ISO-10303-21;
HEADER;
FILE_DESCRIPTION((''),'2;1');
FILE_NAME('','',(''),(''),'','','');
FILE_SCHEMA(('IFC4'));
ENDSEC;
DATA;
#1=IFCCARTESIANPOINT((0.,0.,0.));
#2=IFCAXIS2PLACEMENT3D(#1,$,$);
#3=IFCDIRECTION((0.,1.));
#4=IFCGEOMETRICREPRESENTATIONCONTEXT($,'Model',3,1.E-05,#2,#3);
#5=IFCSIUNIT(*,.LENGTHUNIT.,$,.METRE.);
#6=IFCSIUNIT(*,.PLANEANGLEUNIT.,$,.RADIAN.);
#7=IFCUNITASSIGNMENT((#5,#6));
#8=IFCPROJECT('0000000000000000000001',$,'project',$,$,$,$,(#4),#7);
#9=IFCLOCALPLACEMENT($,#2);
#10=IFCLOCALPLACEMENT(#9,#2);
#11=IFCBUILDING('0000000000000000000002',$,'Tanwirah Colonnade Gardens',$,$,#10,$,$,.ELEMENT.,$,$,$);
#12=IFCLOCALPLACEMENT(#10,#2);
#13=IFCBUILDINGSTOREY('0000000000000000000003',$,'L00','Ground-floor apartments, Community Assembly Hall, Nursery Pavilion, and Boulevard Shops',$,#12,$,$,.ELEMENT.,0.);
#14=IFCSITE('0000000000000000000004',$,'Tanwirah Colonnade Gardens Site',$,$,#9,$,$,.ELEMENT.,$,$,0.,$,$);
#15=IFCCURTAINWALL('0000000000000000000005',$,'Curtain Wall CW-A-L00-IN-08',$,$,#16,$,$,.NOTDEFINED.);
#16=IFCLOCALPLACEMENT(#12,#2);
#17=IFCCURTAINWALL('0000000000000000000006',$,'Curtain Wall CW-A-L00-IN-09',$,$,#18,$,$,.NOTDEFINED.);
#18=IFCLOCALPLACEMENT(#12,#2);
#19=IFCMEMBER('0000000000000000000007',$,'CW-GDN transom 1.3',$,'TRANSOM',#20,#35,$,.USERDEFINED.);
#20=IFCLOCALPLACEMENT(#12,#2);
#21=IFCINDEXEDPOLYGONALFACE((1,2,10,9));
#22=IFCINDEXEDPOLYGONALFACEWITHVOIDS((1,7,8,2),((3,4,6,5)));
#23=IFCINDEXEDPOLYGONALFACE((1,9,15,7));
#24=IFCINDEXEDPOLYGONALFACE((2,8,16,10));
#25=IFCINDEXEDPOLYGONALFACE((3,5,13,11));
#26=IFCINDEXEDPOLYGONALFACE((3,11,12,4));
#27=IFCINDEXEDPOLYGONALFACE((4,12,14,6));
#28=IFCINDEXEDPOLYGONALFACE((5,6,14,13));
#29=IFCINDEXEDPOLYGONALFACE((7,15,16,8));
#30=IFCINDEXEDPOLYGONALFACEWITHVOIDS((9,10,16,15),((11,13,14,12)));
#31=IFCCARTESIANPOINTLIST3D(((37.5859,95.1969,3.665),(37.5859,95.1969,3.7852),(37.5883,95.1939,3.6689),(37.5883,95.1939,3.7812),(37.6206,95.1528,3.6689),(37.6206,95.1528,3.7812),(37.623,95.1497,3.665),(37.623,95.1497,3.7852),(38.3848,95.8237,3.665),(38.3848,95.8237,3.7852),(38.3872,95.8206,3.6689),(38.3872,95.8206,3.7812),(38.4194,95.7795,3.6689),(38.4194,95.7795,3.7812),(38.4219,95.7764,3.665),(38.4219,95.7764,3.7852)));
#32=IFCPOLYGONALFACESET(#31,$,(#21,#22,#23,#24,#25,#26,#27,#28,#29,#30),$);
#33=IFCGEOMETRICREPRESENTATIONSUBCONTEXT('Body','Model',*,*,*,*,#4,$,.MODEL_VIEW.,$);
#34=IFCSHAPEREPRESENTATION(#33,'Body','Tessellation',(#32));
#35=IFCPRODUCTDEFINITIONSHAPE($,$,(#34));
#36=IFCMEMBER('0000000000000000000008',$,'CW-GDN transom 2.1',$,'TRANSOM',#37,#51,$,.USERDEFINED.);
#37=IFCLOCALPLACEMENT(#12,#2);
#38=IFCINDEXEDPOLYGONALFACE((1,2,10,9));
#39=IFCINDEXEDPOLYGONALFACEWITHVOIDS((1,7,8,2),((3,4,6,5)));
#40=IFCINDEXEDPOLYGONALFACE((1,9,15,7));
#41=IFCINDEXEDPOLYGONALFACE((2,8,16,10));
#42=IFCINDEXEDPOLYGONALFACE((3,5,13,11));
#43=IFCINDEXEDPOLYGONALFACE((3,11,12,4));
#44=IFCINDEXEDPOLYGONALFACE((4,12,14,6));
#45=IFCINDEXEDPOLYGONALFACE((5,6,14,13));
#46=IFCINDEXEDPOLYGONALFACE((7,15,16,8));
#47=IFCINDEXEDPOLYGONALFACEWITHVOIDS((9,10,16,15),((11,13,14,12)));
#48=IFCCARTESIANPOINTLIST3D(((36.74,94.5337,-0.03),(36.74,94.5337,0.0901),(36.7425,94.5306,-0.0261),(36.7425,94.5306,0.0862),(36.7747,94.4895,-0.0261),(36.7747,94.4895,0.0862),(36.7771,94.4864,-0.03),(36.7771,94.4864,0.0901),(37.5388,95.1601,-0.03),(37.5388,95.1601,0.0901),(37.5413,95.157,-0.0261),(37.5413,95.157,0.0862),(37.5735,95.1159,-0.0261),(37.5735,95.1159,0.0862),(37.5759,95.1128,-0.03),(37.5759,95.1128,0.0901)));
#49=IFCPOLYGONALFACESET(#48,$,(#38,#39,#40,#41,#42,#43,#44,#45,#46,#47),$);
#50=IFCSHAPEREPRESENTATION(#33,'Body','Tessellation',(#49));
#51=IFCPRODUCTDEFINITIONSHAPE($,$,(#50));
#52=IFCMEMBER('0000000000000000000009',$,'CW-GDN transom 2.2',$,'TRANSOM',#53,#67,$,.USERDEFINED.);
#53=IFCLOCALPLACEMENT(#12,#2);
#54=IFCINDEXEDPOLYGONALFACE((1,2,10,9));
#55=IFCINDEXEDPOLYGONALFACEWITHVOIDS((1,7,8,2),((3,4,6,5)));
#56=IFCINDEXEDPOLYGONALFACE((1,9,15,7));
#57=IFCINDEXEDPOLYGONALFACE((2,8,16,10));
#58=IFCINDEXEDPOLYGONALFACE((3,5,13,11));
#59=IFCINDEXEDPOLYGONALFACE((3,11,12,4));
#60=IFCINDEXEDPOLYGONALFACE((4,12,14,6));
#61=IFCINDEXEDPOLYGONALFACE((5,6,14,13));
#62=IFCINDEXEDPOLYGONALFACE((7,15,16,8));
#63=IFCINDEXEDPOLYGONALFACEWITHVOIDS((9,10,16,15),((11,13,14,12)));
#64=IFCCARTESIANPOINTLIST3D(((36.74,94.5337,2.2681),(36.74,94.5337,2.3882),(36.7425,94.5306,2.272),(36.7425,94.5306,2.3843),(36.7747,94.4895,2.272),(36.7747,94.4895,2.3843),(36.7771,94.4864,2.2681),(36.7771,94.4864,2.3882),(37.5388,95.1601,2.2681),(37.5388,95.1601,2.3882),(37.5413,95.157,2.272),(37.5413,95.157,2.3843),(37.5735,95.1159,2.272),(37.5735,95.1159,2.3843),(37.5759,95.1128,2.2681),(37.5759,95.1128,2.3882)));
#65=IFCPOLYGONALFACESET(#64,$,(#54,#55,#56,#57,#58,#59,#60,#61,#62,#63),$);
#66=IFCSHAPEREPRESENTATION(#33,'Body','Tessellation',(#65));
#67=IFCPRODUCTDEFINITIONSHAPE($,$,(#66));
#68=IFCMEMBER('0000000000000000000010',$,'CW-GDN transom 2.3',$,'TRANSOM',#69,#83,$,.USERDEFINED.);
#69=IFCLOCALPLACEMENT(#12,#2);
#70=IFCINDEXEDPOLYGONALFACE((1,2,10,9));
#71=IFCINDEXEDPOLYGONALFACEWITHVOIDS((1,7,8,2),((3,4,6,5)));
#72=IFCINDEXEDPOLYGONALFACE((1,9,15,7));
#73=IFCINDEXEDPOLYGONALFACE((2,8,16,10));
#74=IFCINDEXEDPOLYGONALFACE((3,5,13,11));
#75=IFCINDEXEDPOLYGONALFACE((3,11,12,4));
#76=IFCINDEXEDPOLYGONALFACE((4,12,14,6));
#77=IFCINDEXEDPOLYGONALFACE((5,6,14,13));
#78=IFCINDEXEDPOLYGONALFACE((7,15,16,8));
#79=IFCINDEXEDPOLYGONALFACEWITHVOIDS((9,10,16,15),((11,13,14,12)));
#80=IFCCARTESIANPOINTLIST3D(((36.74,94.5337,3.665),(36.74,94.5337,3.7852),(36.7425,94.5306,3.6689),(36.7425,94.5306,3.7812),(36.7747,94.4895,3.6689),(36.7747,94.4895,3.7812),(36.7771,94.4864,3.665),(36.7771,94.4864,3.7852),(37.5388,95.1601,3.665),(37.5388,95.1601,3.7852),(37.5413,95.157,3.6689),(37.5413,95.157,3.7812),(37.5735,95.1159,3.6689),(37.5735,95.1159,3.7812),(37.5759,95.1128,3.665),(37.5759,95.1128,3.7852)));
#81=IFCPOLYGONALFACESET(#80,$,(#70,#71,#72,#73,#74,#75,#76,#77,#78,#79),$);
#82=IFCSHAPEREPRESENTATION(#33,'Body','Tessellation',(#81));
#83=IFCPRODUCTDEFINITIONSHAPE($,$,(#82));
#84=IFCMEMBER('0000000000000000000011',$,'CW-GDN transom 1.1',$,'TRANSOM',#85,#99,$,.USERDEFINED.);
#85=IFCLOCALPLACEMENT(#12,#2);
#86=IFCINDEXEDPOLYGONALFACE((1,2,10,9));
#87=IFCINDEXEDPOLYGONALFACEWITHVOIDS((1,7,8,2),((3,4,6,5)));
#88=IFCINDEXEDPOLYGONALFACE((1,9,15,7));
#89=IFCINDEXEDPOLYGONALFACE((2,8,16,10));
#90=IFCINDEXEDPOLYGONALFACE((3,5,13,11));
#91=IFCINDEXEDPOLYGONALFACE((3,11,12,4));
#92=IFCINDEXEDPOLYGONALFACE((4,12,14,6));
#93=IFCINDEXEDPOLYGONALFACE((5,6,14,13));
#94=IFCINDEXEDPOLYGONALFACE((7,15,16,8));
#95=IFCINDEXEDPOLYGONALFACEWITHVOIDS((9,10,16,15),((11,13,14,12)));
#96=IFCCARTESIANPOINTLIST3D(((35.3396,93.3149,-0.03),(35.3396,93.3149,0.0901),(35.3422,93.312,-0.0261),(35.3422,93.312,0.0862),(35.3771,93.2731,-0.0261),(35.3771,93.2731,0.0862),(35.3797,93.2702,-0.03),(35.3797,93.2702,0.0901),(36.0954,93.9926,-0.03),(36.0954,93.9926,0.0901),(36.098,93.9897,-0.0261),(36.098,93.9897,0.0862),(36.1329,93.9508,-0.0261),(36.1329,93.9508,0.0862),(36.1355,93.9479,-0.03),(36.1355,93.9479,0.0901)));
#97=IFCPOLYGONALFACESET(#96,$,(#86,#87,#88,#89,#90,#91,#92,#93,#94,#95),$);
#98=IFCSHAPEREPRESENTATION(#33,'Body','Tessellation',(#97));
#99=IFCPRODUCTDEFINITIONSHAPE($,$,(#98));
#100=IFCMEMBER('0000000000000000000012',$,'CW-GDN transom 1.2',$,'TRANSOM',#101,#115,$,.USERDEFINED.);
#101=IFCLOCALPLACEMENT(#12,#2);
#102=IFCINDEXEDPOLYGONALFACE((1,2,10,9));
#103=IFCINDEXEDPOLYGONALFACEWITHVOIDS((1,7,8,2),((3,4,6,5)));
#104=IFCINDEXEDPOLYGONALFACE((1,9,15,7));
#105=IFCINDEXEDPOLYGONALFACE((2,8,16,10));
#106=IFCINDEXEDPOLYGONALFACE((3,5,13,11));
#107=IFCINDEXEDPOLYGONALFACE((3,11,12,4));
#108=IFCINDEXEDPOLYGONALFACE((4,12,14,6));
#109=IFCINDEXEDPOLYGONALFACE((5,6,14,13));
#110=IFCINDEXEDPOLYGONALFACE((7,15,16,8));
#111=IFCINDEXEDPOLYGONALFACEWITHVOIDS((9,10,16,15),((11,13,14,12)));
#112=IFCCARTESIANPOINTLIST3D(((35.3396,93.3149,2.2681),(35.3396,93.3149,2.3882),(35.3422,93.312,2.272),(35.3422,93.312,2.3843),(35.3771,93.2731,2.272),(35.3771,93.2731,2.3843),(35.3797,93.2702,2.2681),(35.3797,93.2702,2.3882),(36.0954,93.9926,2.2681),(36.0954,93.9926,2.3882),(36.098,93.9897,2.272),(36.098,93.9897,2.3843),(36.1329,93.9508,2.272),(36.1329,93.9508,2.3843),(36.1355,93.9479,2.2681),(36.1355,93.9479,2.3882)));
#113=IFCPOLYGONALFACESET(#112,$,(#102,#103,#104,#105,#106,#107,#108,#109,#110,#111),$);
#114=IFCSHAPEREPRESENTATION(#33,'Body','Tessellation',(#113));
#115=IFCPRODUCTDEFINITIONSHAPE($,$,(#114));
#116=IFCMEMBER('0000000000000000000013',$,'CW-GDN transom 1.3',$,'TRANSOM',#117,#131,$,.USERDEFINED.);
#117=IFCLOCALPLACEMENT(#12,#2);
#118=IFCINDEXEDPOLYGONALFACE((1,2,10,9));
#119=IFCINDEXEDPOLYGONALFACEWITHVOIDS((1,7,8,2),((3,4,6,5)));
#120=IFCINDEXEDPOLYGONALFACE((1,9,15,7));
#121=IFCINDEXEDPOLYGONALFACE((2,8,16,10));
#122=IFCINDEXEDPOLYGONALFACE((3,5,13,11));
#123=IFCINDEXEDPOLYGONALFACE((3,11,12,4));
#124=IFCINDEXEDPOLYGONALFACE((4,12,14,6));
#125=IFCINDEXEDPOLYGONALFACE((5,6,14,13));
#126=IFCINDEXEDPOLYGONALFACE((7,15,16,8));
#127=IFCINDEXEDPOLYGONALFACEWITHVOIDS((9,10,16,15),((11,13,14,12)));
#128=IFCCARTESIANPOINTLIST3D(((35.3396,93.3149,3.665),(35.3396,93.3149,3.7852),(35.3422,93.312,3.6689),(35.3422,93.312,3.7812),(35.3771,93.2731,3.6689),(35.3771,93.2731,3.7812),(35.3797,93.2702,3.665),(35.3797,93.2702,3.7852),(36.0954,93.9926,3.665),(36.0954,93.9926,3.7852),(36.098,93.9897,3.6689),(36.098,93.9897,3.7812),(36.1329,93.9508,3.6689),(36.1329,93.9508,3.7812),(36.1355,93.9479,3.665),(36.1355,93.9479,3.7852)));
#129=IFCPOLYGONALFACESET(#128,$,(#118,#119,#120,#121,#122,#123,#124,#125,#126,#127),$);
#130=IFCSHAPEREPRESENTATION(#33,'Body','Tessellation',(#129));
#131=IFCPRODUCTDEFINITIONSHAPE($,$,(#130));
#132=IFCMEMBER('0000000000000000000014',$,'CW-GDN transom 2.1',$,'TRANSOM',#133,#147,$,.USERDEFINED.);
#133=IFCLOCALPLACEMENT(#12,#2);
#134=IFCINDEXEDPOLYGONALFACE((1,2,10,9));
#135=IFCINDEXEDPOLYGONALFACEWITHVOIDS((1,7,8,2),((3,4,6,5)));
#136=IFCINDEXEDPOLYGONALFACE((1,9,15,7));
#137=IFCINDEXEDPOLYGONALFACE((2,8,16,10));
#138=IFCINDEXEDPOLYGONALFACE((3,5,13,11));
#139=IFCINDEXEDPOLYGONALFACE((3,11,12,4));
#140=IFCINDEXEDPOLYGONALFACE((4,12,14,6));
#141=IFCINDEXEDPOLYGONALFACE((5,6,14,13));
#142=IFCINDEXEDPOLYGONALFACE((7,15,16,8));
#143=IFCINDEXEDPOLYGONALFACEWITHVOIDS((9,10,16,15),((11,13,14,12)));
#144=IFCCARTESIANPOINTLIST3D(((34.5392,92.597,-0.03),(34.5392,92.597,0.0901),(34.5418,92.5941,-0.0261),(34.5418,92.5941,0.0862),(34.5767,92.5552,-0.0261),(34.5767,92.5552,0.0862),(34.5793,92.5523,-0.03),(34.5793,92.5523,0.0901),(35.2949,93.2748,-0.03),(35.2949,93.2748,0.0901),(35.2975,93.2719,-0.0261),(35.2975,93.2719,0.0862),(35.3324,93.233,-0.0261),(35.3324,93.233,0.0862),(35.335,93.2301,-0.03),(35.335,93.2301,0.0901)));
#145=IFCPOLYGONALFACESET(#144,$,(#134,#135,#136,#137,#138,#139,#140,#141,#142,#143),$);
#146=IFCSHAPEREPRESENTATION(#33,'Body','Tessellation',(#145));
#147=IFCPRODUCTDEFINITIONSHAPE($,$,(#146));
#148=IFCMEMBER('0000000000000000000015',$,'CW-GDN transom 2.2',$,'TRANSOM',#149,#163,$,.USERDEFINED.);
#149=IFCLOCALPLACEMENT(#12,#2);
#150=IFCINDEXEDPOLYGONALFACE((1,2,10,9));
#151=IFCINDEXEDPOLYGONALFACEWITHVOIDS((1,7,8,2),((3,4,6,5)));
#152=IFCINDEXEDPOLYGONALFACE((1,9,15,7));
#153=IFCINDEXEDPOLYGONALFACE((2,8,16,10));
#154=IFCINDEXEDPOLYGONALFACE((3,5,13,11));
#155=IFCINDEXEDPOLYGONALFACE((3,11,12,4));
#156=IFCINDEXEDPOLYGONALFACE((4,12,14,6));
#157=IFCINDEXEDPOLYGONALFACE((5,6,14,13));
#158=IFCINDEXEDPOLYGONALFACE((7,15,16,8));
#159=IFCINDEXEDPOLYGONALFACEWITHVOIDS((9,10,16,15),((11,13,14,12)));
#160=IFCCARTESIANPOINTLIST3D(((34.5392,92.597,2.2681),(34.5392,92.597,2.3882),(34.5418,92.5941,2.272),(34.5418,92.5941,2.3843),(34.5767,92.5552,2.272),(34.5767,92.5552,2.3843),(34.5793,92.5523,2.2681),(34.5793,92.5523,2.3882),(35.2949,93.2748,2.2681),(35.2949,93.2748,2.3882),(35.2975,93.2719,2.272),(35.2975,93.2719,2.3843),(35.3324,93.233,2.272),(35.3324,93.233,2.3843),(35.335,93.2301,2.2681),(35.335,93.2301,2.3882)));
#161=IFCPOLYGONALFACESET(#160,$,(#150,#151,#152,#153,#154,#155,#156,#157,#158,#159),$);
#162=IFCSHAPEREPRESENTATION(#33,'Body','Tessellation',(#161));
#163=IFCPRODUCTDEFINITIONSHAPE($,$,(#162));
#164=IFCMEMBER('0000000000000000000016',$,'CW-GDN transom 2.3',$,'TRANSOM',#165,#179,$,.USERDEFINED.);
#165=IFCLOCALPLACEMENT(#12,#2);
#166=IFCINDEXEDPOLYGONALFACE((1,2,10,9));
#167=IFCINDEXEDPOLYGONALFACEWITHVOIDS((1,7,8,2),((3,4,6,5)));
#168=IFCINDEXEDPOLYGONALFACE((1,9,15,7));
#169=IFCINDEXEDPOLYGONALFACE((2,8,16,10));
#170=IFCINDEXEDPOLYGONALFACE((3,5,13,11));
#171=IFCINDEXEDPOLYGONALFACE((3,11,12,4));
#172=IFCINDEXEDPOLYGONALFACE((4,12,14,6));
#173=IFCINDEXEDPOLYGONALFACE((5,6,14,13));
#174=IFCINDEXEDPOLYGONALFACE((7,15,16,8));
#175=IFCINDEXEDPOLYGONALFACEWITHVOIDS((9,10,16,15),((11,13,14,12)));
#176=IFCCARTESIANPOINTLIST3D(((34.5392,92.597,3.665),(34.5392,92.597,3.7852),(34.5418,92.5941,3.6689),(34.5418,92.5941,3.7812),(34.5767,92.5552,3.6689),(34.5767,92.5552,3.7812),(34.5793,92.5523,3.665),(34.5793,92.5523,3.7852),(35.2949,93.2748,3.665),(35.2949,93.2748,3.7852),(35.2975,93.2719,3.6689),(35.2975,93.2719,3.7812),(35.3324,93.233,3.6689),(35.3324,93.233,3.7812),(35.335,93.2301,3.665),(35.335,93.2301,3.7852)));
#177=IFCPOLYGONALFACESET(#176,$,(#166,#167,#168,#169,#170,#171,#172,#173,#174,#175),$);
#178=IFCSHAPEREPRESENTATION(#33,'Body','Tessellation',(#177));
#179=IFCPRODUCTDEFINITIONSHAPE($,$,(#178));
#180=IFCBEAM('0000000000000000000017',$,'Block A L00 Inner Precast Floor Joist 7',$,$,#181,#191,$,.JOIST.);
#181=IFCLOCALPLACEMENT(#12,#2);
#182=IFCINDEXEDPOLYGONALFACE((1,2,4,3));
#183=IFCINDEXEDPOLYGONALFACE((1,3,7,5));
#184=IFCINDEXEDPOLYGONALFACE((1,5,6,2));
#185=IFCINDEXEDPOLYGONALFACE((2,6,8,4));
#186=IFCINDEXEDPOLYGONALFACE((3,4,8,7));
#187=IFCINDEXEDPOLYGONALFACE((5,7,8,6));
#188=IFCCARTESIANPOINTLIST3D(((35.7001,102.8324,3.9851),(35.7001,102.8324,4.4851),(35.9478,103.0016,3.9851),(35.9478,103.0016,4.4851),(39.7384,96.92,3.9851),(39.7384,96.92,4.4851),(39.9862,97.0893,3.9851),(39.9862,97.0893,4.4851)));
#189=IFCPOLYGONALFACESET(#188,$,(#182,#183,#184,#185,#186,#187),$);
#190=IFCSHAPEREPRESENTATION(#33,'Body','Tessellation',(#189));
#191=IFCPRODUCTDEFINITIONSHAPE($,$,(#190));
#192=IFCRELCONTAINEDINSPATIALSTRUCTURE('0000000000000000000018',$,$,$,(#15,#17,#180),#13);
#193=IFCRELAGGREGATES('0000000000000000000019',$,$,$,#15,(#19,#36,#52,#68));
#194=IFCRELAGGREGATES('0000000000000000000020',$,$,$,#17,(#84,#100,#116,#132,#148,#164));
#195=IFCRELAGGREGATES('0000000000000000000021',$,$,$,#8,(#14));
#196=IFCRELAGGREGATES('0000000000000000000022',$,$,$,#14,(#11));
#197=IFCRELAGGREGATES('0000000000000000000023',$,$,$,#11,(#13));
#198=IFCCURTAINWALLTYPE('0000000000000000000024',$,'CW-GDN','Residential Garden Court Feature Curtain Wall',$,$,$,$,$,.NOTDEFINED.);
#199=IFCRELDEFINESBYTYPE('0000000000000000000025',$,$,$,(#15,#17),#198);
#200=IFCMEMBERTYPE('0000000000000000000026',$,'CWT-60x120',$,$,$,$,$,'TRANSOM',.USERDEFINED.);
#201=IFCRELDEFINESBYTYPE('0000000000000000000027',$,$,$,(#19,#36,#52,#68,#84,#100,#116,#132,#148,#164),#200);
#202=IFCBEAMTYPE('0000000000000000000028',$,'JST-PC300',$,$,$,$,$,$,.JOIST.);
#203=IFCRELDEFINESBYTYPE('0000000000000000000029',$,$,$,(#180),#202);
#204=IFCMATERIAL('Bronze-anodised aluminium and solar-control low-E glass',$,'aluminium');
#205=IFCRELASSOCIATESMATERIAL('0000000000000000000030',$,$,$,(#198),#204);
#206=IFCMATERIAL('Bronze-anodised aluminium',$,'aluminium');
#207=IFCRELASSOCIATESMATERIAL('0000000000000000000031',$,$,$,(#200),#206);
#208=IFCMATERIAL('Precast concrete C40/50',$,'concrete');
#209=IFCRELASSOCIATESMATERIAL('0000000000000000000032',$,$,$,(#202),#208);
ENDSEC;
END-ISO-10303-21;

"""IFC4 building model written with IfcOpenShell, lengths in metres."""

from ifc_helpers import new_model, si_unit, direction, frame, origin, origin_2d, place, context, subcontext, project, spatial, rectangle, hollow_rectangle, extrude, material, material_profile, profile_set, type_object, element, aggregate, save


model = new_model("IFC4")

# Units and contexts
model_context = context("Model", 3, precision=1e-05, world=origin(), true_north=direction((0.0, 1.0)))
body_context = subcontext(model_context, "Body", "Model", "MODEL_VIEW")
ifc_project = project(units=[si_unit("LENGTHUNIT", "METRE"), si_unit("PLANEANGLEUNIT", "RADIAN")], contexts=[model_context])

# Site, building, storey
site_placement = place(None, origin())
site = spatial("IfcSite", under=ifc_project, at=site_placement, Name="Tanwirah Colonnade Gardens Site", CompositionType="ELEMENT", RefElevation=0.0)
building_placement = place(site_placement, origin())
building = spatial("IfcBuilding", under=site, at=building_placement, Name="Tanwirah Colonnade Gardens", CompositionType="ELEMENT")
storey_placement = place(building_placement, origin())
storey = spatial("IfcBuildingStorey", under=building, at=storey_placement, Name="L00", Description="Ground-floor apartments, Community Assembly Hall, Nursery Pavilion, and Boulevard Shops", CompositionType="ELEMENT", Elevation=0.0)

# Curtain walls
ifc_material_1 = material(Name="Bronze-anodised aluminium and solar-control low-E glass", Category="aluminium")
curtain_wall_type = type_object("IfcCurtainWallType", Name="CW-GDN", Description="Residential Garden Court Feature Curtain Wall", PredefinedType="NOTDEFINED", material=ifc_material_1)
curtain_wall_1_placement = place(storey_placement, origin())
curtain_wall_1 = element("IfcCurtainWall", 1, at=curtain_wall_1_placement, inside=storey, type_object=curtain_wall_type, Name="Curtain Wall CW-A-L00-IN-08", PredefinedType="NOTDEFINED")
ifc_material_2 = material(Name="Bronze-anodised aluminium", Category="aluminium")
curtain_wall_2_placement = place(storey_placement, origin())
curtain_wall_2 = element("IfcCurtainWall", 2, at=curtain_wall_2_placement, inside=storey, type_object=curtain_wall_type, Name="Curtain Wall CW-A-L00-IN-09", PredefinedType="NOTDEFINED")

# Members
ifc_material_profile_1 = material_profile(ifc_material_2, hollow_rectangle(XDim=0.0601, YDim=0.1201, WallThickness=0.0039, at=origin_2d()), Name="CW-TRN 60x120x4")
ifc_profile_set_1 = profile_set([ifc_material_profile_1], Name="Bronze-anodised aluminium")
member_type_1 = type_object("IfcMemberType", Name="CWT-60x120", ElementType="TRANSOM", PredefinedType="USERDEFINED", material=ifc_profile_set_1)
member_1_placement = place(storey_placement, frame((38.4033, 95.8, 3.7251), z_axis=(-0.786769, -0.617248, 0.0), x_axis=(0.617248, -0.786769, 0.0)))
member_1 = element("IfcMember", 3, at=member_1_placement, type_object=member_type_1, Name="CW-GDN transom 1.3", ObjectType="TRANSOM", PredefinedType="USERDEFINED", context=body_context, shape_type="SweptSolid", body=[
    extrude(hollow_rectangle(XDim=0.0601, YDim=0.1201, WallThickness=0.0039, at=origin_2d()), origin(), (0.0, 0.0, 1.0), 1.0154),
])
member_2_placement = place(storey_placement, frame((37.5574, 95.1365, 0.03), z_axis=(-0.786885, -0.617099, 0.0), x_axis=(0.617099, -0.786885, 0.0)))
member_2 = element("IfcMember", 4, at=member_2_placement, type_object=member_type_1, Name="CW-GDN transom 2.1", ObjectType="TRANSOM", PredefinedType="USERDEFINED", context=body_context, shape_type="SweptSolid", body=[
    extrude(hollow_rectangle(XDim=0.0601, YDim=0.1201, WallThickness=0.0039, at=origin_2d()), origin(), (0.0, 0.0, 1.0), 1.0151),
])
member_3_placement = place(storey_placement, frame((37.5574, 95.1365, 2.3281), z_axis=(-0.786885, -0.617099, 0.0), x_axis=(0.617099, -0.786885, 0.0)))
member_3 = element("IfcMember", 5, at=member_3_placement, type_object=member_type_1, Name="CW-GDN transom 2.2", ObjectType="TRANSOM", PredefinedType="USERDEFINED", context=body_context, shape_type="SweptSolid", body=[
    extrude(hollow_rectangle(XDim=0.0601, YDim=0.1201, WallThickness=0.0039, at=origin_2d()), origin(), (0.0, 0.0, 1.0), 1.0151),
])
member_4_placement = place(storey_placement, frame((37.5574, 95.1365, 3.7251), z_axis=(-0.786885, -0.617099, 0.0), x_axis=(0.617099, -0.786885, 0.0)))
member_4 = element("IfcMember", 6, at=member_4_placement, type_object=member_type_1, Name="CW-GDN transom 2.3", ObjectType="TRANSOM", PredefinedType="USERDEFINED", context=body_context, shape_type="SweptSolid", body=[
    extrude(hollow_rectangle(XDim=0.0601, YDim=0.1201, WallThickness=0.0039, at=origin_2d()), origin(), (0.0, 0.0, 1.0), 1.0151),
])
member_5_placement = place(storey_placement, frame((36.1155, 93.9702, 0.03), z_axis=(-0.744536, -0.667582, 0.0), x_axis=(0.667582, -0.744536, 0.0)))
member_5 = element("IfcMember", 7, at=member_5_placement, type_object=member_type_1, Name="CW-GDN transom 1.1", ObjectType="TRANSOM", PredefinedType="USERDEFINED", context=body_context, shape_type="SweptSolid", body=[
    extrude(hollow_rectangle(XDim=0.0601, YDim=0.1201, WallThickness=0.0039, at=origin_2d()), origin(), (0.0, 0.0, 1.0), 1.0151),
])
member_6_placement = place(storey_placement, frame((36.1155, 93.9702, 2.3281), z_axis=(-0.744536, -0.667582, 0.0), x_axis=(0.667582, -0.744536, 0.0)))
member_6 = element("IfcMember", 8, at=member_6_placement, type_object=member_type_1, Name="CW-GDN transom 1.2", ObjectType="TRANSOM", PredefinedType="USERDEFINED", context=body_context, shape_type="SweptSolid", body=[
    extrude(hollow_rectangle(XDim=0.0601, YDim=0.1201, WallThickness=0.0039, at=origin_2d()), origin(), (0.0, 0.0, 1.0), 1.0151),
])
member_7_placement = place(storey_placement, frame((36.1155, 93.9702, 3.7251), z_axis=(-0.744536, -0.667582, 0.0), x_axis=(0.667582, -0.744536, 0.0)))
member_7 = element("IfcMember", 9, at=member_7_placement, type_object=member_type_1, Name="CW-GDN transom 1.3", ObjectType="TRANSOM", PredefinedType="USERDEFINED", context=body_context, shape_type="SweptSolid", body=[
    extrude(hollow_rectangle(XDim=0.0601, YDim=0.1201, WallThickness=0.0039, at=origin_2d()), origin(), (0.0, 0.0, 1.0), 1.0151),
])
member_8_placement = place(storey_placement, frame((35.3149, 93.2524, 0.03), z_axis=(-0.744429, -0.667701, 0.0), x_axis=(0.667701, -0.744429, 0.0)))
member_8 = element("IfcMember", 10, at=member_8_placement, type_object=member_type_1, Name="CW-GDN transom 2.1", ObjectType="TRANSOM", PredefinedType="USERDEFINED", context=body_context, shape_type="SweptSolid", body=[
    extrude(hollow_rectangle(XDim=0.0601, YDim=0.1201, WallThickness=0.0039, at=origin_2d()), origin(), (0.0, 0.0, 1.0), 1.0151),
])
member_9_placement = place(storey_placement, frame((35.3149, 93.2524, 2.3281), z_axis=(-0.744429, -0.667701, 0.0), x_axis=(0.667701, -0.744429, 0.0)))
member_9 = element("IfcMember", 11, at=member_9_placement, type_object=member_type_1, Name="CW-GDN transom 2.2", ObjectType="TRANSOM", PredefinedType="USERDEFINED", context=body_context, shape_type="SweptSolid", body=[
    extrude(hollow_rectangle(XDim=0.0601, YDim=0.1201, WallThickness=0.0039, at=origin_2d()), origin(), (0.0, 0.0, 1.0), 1.0151),
])
member_10_placement = place(storey_placement, frame((35.3149, 93.2524, 3.7251), z_axis=(-0.744429, -0.667701, 0.0), x_axis=(0.667701, -0.744429, 0.0)))
member_10 = element("IfcMember", 12, at=member_10_placement, type_object=member_type_1, Name="CW-GDN transom 2.3", ObjectType="TRANSOM", PredefinedType="USERDEFINED", context=body_context, shape_type="SweptSolid", body=[
    extrude(hollow_rectangle(XDim=0.0601, YDim=0.1201, WallThickness=0.0039, at=origin_2d()), origin(), (0.0, 0.0, 1.0), 1.0151),
])

# Beam
ifc_material_3 = material(Name="Precast concrete C40/50", Category="concrete")
ifc_material_profile_2 = material_profile(ifc_material_3, rectangle(XDim=0.3, YDim=0.5, at=origin_2d()), Name="PC-JST 300x500")
ifc_profile_set_2 = profile_set([ifc_material_profile_2], Name="Precast concrete C40/50")
beam_type_1 = type_object("IfcBeamType", Name="JST-PC300", PredefinedType="JOIST", material=ifc_profile_set_2)
for number, where, z_axis, x_axis, name in (
    (13, (39.8623, 97.0046, 4.2351), (-0.564021, 0.82576, 0.0), (-0.82576, -0.564021, 0.0), "Block A L00 Inner Precast Floor Joist 7"),
):
    element("IfcBeam", number, at=place(storey_placement, frame(where, z_axis=z_axis, x_axis=x_axis)), inside=storey, type_object=beam_type_1, Name=name, PredefinedType="JOIST", context=body_context, shape_type="SweptSolid", body=[
        extrude(rectangle(XDim=0.3, YDim=0.5, at=origin_2d()), origin(), (0.0, 0.0, 1.0), 7.1599),
    ])

aggregate(curtain_wall_1, [member_1, member_2, member_3, member_4])
aggregate(curtain_wall_2, [member_5, member_6, member_7, member_8, member_9, member_10])

save(model, "model.ifc")
